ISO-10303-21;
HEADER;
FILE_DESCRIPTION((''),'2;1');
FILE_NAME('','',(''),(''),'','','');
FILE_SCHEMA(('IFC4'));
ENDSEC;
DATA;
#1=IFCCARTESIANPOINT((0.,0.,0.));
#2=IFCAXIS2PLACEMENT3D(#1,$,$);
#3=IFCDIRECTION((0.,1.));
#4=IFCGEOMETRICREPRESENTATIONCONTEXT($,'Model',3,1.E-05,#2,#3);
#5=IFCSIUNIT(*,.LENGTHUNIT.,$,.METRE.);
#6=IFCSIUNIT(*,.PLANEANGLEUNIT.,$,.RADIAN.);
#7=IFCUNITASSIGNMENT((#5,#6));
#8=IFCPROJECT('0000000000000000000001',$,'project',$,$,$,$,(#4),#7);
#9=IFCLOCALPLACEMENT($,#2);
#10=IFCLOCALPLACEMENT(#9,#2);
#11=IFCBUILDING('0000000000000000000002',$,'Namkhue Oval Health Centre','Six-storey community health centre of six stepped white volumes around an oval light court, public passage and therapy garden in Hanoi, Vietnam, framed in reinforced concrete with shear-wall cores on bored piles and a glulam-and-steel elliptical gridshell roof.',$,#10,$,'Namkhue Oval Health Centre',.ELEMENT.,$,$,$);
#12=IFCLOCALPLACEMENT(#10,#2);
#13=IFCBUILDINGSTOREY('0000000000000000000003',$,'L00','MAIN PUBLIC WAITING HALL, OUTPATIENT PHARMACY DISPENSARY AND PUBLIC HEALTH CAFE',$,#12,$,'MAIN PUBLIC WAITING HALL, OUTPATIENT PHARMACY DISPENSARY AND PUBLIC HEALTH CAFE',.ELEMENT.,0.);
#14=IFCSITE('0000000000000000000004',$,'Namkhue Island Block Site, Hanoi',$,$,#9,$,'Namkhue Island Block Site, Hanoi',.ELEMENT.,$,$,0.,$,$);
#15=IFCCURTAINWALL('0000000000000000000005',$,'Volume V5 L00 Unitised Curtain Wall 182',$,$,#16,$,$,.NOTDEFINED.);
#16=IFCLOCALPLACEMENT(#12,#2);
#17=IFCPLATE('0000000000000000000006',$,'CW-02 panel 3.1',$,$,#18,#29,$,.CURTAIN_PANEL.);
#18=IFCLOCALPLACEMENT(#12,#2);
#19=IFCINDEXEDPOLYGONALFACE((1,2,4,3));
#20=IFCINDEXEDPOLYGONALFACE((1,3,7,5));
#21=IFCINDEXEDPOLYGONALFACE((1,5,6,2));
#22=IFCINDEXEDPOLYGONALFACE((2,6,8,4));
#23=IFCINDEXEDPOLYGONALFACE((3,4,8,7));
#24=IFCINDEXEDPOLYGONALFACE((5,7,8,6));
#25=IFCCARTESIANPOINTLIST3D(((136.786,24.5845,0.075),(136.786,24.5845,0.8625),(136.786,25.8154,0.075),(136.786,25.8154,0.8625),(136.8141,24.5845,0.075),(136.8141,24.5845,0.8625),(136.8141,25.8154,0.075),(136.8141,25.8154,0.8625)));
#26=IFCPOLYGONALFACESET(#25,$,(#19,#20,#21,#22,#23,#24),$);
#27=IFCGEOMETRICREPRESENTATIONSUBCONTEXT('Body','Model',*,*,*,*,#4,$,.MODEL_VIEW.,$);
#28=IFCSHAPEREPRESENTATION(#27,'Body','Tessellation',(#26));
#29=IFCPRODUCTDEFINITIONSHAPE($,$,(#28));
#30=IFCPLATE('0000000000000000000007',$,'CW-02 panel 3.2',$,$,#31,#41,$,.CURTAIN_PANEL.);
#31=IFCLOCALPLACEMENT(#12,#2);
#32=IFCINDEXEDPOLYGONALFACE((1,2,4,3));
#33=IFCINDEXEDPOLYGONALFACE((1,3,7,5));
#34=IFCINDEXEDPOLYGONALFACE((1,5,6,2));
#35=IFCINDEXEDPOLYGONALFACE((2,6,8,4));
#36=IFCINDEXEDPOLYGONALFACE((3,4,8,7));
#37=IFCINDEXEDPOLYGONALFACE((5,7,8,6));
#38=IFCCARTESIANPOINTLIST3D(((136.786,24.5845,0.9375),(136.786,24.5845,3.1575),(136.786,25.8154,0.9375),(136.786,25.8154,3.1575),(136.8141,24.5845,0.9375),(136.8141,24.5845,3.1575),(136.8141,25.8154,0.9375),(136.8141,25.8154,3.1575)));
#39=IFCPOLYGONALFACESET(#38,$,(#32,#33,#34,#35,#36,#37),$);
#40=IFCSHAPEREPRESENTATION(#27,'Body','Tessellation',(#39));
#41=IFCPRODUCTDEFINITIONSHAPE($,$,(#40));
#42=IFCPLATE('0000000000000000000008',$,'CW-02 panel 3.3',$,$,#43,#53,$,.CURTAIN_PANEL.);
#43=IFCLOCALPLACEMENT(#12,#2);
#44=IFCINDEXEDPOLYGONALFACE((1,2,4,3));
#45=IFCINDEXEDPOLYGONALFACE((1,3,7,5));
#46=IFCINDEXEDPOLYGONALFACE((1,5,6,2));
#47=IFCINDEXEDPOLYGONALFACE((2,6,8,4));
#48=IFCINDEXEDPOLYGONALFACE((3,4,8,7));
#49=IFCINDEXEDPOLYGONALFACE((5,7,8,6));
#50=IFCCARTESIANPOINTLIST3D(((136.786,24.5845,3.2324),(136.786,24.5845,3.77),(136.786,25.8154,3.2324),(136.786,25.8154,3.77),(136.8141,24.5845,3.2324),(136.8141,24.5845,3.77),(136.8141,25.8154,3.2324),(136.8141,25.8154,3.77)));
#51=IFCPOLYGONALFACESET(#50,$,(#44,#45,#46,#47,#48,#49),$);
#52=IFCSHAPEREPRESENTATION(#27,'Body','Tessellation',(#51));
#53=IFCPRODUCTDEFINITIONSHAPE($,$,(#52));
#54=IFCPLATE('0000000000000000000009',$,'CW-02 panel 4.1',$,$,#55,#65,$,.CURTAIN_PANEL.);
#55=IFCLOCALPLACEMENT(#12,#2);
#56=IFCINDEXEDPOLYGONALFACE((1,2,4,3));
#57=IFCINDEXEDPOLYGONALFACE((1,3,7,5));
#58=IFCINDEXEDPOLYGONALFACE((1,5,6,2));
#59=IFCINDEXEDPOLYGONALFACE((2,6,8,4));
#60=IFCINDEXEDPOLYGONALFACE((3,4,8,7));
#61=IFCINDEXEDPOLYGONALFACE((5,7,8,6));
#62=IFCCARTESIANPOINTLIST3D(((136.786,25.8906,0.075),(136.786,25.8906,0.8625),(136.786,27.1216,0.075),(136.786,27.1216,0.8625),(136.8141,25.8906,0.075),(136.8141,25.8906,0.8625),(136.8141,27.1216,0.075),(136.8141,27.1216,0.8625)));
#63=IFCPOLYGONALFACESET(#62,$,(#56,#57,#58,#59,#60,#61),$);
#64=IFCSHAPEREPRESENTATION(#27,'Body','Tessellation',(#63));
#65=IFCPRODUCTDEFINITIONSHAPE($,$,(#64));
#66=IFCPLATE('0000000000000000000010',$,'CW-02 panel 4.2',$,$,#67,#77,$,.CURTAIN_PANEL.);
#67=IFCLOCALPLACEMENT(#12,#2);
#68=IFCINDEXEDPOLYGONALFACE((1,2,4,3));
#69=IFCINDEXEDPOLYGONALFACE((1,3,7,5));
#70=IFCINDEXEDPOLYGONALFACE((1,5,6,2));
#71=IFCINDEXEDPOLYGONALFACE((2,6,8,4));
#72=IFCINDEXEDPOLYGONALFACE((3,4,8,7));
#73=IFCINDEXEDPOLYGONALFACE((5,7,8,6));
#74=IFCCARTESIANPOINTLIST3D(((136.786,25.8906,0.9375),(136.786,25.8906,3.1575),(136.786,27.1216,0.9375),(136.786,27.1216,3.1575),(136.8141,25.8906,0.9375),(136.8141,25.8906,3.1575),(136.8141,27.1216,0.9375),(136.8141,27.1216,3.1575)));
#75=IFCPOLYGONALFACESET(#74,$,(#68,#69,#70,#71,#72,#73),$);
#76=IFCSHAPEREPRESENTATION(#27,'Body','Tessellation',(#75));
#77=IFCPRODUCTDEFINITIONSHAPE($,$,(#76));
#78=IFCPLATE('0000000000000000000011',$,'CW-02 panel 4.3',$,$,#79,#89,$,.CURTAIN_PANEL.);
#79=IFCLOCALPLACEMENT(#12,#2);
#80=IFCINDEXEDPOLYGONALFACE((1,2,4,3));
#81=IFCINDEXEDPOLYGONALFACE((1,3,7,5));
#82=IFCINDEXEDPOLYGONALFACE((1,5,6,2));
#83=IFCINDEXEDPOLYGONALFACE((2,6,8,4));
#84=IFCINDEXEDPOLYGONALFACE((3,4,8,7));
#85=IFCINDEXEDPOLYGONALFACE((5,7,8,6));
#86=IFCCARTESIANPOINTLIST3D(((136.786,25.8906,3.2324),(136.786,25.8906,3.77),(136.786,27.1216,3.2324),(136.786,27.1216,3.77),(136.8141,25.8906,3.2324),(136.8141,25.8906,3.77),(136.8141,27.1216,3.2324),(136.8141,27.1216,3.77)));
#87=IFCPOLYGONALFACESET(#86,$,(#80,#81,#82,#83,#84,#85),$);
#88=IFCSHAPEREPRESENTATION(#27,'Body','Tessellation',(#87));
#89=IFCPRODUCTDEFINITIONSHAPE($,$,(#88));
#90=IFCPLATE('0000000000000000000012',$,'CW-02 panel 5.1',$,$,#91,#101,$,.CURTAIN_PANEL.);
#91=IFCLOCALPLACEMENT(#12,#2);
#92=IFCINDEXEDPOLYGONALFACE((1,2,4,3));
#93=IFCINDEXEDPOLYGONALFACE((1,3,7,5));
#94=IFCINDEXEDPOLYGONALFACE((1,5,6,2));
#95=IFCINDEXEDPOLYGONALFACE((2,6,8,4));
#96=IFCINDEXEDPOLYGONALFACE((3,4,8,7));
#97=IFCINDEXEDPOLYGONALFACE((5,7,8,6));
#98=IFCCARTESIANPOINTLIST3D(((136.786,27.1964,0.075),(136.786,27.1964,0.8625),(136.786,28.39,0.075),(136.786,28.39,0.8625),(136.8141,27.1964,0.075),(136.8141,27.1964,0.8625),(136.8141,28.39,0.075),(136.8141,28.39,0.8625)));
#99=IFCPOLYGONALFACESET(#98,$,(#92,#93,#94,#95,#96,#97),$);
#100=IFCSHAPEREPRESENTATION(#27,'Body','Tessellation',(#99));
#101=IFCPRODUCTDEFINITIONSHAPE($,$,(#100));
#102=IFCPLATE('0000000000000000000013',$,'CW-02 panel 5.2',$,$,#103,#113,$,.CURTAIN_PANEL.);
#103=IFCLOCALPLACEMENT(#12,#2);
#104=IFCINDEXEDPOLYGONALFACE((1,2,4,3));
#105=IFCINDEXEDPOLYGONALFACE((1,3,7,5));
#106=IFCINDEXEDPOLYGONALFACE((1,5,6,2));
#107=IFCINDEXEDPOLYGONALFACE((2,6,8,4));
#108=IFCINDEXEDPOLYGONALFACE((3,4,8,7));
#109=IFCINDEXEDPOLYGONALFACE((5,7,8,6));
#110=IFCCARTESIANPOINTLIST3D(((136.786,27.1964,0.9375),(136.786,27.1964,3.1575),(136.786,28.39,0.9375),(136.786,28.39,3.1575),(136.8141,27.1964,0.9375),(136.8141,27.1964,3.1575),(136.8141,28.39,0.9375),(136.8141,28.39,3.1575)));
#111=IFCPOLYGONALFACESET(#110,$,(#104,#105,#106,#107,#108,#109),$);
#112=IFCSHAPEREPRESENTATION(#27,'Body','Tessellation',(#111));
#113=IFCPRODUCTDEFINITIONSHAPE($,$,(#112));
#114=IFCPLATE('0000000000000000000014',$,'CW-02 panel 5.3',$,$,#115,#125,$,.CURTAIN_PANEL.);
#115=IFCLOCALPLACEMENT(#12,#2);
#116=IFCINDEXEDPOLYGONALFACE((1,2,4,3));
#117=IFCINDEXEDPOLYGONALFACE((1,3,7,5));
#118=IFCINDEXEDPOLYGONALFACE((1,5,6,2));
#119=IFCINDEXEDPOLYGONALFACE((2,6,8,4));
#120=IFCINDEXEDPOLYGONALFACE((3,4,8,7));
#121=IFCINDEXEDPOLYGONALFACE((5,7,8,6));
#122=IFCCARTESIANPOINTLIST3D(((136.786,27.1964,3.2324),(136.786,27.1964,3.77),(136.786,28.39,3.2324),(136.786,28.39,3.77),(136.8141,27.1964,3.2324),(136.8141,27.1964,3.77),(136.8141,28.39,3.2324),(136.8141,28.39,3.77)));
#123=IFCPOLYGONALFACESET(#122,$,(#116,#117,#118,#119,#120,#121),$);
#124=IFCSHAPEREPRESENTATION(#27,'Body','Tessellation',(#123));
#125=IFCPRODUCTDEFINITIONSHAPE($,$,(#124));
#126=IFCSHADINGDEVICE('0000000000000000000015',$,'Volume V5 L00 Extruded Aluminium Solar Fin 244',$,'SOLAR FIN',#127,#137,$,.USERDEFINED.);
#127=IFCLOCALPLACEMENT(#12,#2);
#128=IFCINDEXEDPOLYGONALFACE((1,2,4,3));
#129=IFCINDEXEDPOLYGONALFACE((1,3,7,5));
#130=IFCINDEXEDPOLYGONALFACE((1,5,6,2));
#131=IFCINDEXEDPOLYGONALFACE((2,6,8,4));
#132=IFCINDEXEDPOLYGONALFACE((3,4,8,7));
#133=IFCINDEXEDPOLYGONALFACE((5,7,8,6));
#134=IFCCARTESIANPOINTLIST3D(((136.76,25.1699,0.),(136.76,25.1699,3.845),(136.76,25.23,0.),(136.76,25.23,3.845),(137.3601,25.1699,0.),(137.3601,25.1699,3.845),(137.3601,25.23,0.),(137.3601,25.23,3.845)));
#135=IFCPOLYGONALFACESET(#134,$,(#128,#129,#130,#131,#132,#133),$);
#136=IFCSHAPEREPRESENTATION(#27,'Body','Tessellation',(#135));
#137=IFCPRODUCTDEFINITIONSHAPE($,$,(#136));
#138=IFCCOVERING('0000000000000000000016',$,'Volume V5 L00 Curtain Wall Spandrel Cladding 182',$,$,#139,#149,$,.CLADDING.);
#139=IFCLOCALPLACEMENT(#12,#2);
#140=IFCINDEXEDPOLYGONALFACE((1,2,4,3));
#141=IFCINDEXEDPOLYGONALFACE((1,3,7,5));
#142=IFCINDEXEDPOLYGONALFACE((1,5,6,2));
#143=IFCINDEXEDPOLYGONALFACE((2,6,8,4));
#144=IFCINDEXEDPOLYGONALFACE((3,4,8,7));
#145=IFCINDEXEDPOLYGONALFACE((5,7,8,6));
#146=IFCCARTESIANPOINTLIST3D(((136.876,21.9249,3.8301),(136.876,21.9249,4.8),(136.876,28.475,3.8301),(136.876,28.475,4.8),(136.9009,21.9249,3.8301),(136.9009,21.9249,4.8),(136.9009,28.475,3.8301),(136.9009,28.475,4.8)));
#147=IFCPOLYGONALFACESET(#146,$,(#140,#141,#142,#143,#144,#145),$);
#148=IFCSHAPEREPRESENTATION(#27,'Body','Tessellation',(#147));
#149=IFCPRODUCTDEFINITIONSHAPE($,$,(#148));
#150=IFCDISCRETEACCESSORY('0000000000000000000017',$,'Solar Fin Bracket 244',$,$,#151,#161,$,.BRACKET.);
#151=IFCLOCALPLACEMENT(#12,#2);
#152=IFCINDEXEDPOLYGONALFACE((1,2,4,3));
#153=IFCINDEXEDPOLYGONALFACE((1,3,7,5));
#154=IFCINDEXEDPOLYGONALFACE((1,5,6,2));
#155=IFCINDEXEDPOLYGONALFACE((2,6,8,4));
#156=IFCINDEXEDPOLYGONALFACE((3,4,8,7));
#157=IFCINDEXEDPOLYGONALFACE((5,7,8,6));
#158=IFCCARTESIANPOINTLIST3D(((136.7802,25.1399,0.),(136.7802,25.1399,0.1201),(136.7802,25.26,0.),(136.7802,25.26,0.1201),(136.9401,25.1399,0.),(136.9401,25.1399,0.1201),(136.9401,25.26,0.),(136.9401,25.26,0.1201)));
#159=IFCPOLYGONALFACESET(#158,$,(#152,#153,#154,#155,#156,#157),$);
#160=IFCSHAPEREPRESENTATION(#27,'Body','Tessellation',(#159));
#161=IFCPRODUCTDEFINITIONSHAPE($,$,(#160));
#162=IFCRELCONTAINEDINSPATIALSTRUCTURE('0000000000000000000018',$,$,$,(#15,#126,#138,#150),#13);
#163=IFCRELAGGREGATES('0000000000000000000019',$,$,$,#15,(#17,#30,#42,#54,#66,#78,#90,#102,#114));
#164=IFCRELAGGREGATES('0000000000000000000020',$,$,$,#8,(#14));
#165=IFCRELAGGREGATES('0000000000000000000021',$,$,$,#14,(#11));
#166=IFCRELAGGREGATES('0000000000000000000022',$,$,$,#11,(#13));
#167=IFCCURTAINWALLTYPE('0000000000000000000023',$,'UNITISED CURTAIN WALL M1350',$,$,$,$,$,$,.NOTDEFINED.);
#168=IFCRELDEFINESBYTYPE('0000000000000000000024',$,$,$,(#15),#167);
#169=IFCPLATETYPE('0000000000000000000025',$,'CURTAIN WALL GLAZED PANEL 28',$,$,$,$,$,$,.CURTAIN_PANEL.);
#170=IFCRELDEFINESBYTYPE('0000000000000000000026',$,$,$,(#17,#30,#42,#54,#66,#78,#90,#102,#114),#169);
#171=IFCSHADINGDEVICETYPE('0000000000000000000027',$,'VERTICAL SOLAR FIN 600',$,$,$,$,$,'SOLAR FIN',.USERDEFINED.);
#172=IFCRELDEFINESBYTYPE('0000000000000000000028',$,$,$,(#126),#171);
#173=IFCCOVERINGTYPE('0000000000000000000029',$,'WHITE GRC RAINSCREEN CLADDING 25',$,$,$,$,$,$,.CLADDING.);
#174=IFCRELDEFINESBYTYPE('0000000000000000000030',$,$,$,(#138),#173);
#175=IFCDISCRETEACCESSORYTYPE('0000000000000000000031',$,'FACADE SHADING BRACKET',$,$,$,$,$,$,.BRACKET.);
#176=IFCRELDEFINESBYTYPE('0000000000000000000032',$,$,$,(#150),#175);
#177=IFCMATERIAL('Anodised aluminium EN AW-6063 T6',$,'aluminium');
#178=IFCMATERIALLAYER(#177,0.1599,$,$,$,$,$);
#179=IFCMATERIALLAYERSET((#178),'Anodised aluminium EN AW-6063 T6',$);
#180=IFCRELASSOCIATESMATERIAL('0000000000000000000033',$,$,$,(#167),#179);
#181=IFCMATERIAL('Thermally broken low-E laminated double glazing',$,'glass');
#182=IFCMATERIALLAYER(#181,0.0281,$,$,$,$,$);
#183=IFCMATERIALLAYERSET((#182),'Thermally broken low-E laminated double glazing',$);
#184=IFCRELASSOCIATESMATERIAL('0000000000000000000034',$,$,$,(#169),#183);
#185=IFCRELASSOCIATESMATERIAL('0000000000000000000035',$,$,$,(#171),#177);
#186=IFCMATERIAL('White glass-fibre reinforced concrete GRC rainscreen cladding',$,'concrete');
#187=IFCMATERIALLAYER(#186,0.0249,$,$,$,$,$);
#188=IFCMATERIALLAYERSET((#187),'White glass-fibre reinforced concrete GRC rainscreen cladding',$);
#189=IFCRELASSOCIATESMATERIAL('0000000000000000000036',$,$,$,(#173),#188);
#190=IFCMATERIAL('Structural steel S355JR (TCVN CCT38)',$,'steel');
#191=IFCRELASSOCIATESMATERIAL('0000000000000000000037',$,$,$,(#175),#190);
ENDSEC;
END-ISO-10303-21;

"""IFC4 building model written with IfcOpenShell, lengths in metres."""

from ifc_helpers import new_model, si_unit, direction, frame, origin, origin_2d, place, context, subcontext, project, spatial, rectangle, extrude, material, layer, layer_set, type_object, element, aggregate, save


model = new_model("IFC4")

# Units and contexts
model_context = context("Model", 3, precision=1e-05, world=origin(), true_north=direction((0.0, 1.0)))
body_context = subcontext(model_context, "Body", "Model", "MODEL_VIEW")
ifc_project = project(units=[si_unit("LENGTHUNIT", "METRE"), si_unit("PLANEANGLEUNIT", "RADIAN")], contexts=[model_context])

# Site, building, storey
site_placement = place(None, origin())
site = spatial("IfcSite", under=ifc_project, at=site_placement, Name="Namkhue Island Block Site, Hanoi", LongName="Namkhue Island Block Site, Hanoi", CompositionType="ELEMENT", RefElevation=0.0)
building_placement = place(site_placement, origin())
building = spatial("IfcBuilding", under=site, at=building_placement, Name="Namkhue Oval Health Centre", Description="Six-storey community health centre of six stepped white volumes around an oval light court, public passage and therapy garden in Hanoi, Vietnam, framed in reinforced concrete with shear-wall cores on bored piles and a glulam-and-steel elliptical gridshell roof.", LongName="Namkhue Oval Health Centre", CompositionType="ELEMENT")
storey_placement = place(building_placement, origin())
storey = spatial("IfcBuildingStorey", under=building, at=storey_placement, Name="L00", Description="MAIN PUBLIC WAITING HALL, OUTPATIENT PHARMACY DISPENSARY AND PUBLIC HEALTH CAFE", LongName="MAIN PUBLIC WAITING HALL, OUTPATIENT PHARMACY DISPENSARY AND PUBLIC HEALTH CAFE", CompositionType="ELEMENT", Elevation=0.0)

# Curtain wall, plates
ifc_material_1 = material(Name="Anodised aluminium EN AW-6063 T6", Category="aluminium")
ifc_layer_1 = layer(ifc_material_1, 0.1599)
ifc_layer_set_1 = layer_set([ifc_layer_1], Name="Anodised aluminium EN AW-6063 T6")
curtain_wall_type = type_object("IfcCurtainWallType", Name="UNITISED CURTAIN WALL M1350", PredefinedType="NOTDEFINED", material=ifc_layer_set_1)
curtain_wall_placement = place(storey_placement, origin())
curtain_wall = element("IfcCurtainWall", 1, at=curtain_wall_placement, inside=storey, type_object=curtain_wall_type, Name="Volume V5 L00 Unitised Curtain Wall 182", PredefinedType="NOTDEFINED")
ifc_material_2 = material(Name="Thermally broken low-E laminated double glazing", Category="glass")
ifc_layer_2 = layer(ifc_material_2, 0.0281)
ifc_layer_set_2 = layer_set([ifc_layer_2], Name="Thermally broken low-E laminated double glazing")
plate_type = type_object("IfcPlateType", Name="CURTAIN WALL GLAZED PANEL 28", PredefinedType="CURTAIN_PANEL", material=ifc_layer_set_2)
plate_1_placement = place(storey_placement, frame((136.8, 25.2, 0.075), z_axis=(0.0, 0.0, 1.0), x_axis=(0.0, 1.0, 0.0)))
plate_1 = element("IfcPlate", 2, at=plate_1_placement, type_object=plate_type, Name="CW-02 panel 3.1", PredefinedType="CURTAIN_PANEL", context=body_context, shape_type="SweptSolid", body=[
    extrude(rectangle(XDim=1.231, YDim=0.0281, at=origin_2d()), origin(), (0.0, 0.0, 1.0), 0.7876),
])
plate_2_placement = place(storey_placement, frame((136.8, 25.2, 0.9375), z_axis=(0.0, 0.0, 1.0), x_axis=(0.0, 1.0, 0.0)))
plate_2 = element("IfcPlate", 3, at=plate_2_placement, type_object=plate_type, Name="CW-02 panel 3.2", PredefinedType="CURTAIN_PANEL", context=body_context, shape_type="SweptSolid", body=[
    extrude(rectangle(XDim=1.231, YDim=0.0281, at=origin_2d()), origin(), (0.0, 0.0, 1.0), 2.22),
])
plate_3_placement = place(storey_placement, frame((136.8, 25.2, 3.2324), z_axis=(0.0, 0.0, 1.0), x_axis=(0.0, 1.0, 0.0)))
plate_3 = element("IfcPlate", 4, at=plate_3_placement, type_object=plate_type, Name="CW-02 panel 3.3", PredefinedType="CURTAIN_PANEL", context=body_context, shape_type="SweptSolid", body=[
    extrude(rectangle(XDim=1.231, YDim=0.0281, at=origin_2d()), origin(), (0.0, 0.0, 1.0), 0.5376),
])
plate_4_placement = place(storey_placement, frame((136.8, 26.5061, 0.075), z_axis=(0.0, 0.0, 1.0), x_axis=(0.0, 1.0, 0.0)))
plate_4 = element("IfcPlate", 5, at=plate_4_placement, type_object=plate_type, Name="CW-02 panel 4.1", PredefinedType="CURTAIN_PANEL", context=body_context, shape_type="SweptSolid", body=[
    extrude(rectangle(XDim=1.231, YDim=0.0281, at=origin_2d()), origin(), (0.0, 0.0, 1.0), 0.7876),
])
plate_5_placement = place(storey_placement, frame((136.8, 26.5061, 0.9375), z_axis=(0.0, 0.0, 1.0), x_axis=(0.0, 1.0, 0.0)))
plate_5 = element("IfcPlate", 6, at=plate_5_placement, type_object=plate_type, Name="CW-02 panel 4.2", PredefinedType="CURTAIN_PANEL", context=body_context, shape_type="SweptSolid", body=[
    extrude(rectangle(XDim=1.231, YDim=0.0281, at=origin_2d()), origin(), (0.0, 0.0, 1.0), 2.22),
])
plate_6_placement = place(storey_placement, frame((136.8, 26.5061, 3.2324), z_axis=(0.0, 0.0, 1.0), x_axis=(0.0, 1.0, 0.0)))
plate_6 = element("IfcPlate", 7, at=plate_6_placement, type_object=plate_type, Name="CW-02 panel 4.3", PredefinedType="CURTAIN_PANEL", context=body_context, shape_type="SweptSolid", body=[
    extrude(rectangle(XDim=1.231, YDim=0.0281, at=origin_2d()), origin(), (0.0, 0.0, 1.0), 0.5376),
])
plate_7_placement = place(storey_placement, frame((136.8, 27.7932, 0.075), z_axis=(0.0, 0.0, 1.0), x_axis=(0.0, 1.0, 0.0)))
plate_7 = element("IfcPlate", 8, at=plate_7_placement, type_object=plate_type, Name="CW-02 panel 5.1", PredefinedType="CURTAIN_PANEL", context=body_context, shape_type="SweptSolid", body=[
    extrude(rectangle(XDim=1.1936, YDim=0.0281, at=origin_2d()), origin(), (0.0, 0.0, 1.0), 0.7876),
])
plate_8_placement = place(storey_placement, frame((136.8, 27.7932, 0.9375), z_axis=(0.0, 0.0, 1.0), x_axis=(0.0, 1.0, 0.0)))
plate_8 = element("IfcPlate", 9, at=plate_8_placement, type_object=plate_type, Name="CW-02 panel 5.2", PredefinedType="CURTAIN_PANEL", context=body_context, shape_type="SweptSolid", body=[
    extrude(rectangle(XDim=1.1936, YDim=0.0281, at=origin_2d()), origin(), (0.0, 0.0, 1.0), 2.22),
])
plate_9_placement = place(storey_placement, frame((136.8, 27.7932, 3.2324), z_axis=(0.0, 0.0, 1.0), x_axis=(0.0, 1.0, 0.0)))
plate_9 = element("IfcPlate", 10, at=plate_9_placement, type_object=plate_type, Name="CW-02 panel 5.3", PredefinedType="CURTAIN_PANEL", context=body_context, shape_type="SweptSolid", body=[
    extrude(rectangle(XDim=1.1936, YDim=0.0281, at=origin_2d()), origin(), (0.0, 0.0, 1.0), 0.5376),
])
aggregate(curtain_wall, [plate_1, plate_2, plate_3, plate_4, plate_5, plate_6, plate_7, plate_8, plate_9])

# Shading device
shading_device_type = type_object("IfcShadingDeviceType", Name="VERTICAL SOLAR FIN 600", ElementType="SOLAR FIN", PredefinedType="USERDEFINED", material=ifc_material_1)
shading_device_placement = place(storey_placement, frame((137.0601, 25.2, 0.0), z_axis=(0.0, 0.0, 1.0), x_axis=(1.0, 0.0, 0.0)))
element("IfcShadingDevice", 11, at=shading_device_placement, inside=storey, type_object=shading_device_type, Name="Volume V5 L00 Extruded Aluminium Solar Fin 244", ObjectType="SOLAR FIN", PredefinedType="USERDEFINED", context=body_context, shape_type="SweptSolid", body=[
    extrude(rectangle(XDim=0.6001, YDim=0.0601, at=origin_2d()), origin(), (0.0, 0.0, 1.0), 3.845),
])

# Covering
ifc_material_3 = material(Name="White glass-fibre reinforced concrete GRC rainscreen cladding", Category="concrete")
ifc_layer_3 = layer(ifc_material_3, 0.0249)
ifc_layer_set_3 = layer_set([ifc_layer_3], Name="White glass-fibre reinforced concrete GRC rainscreen cladding")
covering_type = type_object("IfcCoveringType", Name="WHITE GRC RAINSCREEN CLADDING 25", PredefinedType="CLADDING", material=ifc_layer_set_3)
covering_placement = place(storey_placement, frame((136.8884, 25.2, 3.8301), z_axis=(0.0, 0.0, 1.0), x_axis=(0.0, 1.0, 0.0)))
element("IfcCovering", 12, at=covering_placement, inside=storey, type_object=covering_type, Name="Volume V5 L00 Curtain Wall Spandrel Cladding 182", PredefinedType="CLADDING", context=body_context, shape_type="SweptSolid", body=[
    extrude(rectangle(XDim=6.55, YDim=0.0249, at=origin_2d()), origin(), (0.0, 0.0, 1.0), 0.97),
])

# Discrete accessory
ifc_material_4 = material(Name="Structural steel S355JR (TCVN CCT38)", Category="steel")
discrete_accessory_type = type_object("IfcDiscreteAccessoryType", Name="FACADE SHADING BRACKET", PredefinedType="BRACKET", material=ifc_material_4)
discrete_accessory_placement = place(storey_placement, frame((136.8601, 25.2, 0.0), z_axis=(0.0, 0.0, 1.0), x_axis=(1.0, 0.0, 0.0)))
element("IfcDiscreteAccessory", 13, at=discrete_accessory_placement, inside=storey, type_object=discrete_accessory_type, Name="Solar Fin Bracket 244", PredefinedType="BRACKET", context=body_context, shape_type="SweptSolid", body=[
    extrude(rectangle(XDim=0.1599, YDim=0.1201, at=origin_2d()), origin(), (0.0, 0.0, 1.0), 0.1201),
])

save(model, "model.ifc")
